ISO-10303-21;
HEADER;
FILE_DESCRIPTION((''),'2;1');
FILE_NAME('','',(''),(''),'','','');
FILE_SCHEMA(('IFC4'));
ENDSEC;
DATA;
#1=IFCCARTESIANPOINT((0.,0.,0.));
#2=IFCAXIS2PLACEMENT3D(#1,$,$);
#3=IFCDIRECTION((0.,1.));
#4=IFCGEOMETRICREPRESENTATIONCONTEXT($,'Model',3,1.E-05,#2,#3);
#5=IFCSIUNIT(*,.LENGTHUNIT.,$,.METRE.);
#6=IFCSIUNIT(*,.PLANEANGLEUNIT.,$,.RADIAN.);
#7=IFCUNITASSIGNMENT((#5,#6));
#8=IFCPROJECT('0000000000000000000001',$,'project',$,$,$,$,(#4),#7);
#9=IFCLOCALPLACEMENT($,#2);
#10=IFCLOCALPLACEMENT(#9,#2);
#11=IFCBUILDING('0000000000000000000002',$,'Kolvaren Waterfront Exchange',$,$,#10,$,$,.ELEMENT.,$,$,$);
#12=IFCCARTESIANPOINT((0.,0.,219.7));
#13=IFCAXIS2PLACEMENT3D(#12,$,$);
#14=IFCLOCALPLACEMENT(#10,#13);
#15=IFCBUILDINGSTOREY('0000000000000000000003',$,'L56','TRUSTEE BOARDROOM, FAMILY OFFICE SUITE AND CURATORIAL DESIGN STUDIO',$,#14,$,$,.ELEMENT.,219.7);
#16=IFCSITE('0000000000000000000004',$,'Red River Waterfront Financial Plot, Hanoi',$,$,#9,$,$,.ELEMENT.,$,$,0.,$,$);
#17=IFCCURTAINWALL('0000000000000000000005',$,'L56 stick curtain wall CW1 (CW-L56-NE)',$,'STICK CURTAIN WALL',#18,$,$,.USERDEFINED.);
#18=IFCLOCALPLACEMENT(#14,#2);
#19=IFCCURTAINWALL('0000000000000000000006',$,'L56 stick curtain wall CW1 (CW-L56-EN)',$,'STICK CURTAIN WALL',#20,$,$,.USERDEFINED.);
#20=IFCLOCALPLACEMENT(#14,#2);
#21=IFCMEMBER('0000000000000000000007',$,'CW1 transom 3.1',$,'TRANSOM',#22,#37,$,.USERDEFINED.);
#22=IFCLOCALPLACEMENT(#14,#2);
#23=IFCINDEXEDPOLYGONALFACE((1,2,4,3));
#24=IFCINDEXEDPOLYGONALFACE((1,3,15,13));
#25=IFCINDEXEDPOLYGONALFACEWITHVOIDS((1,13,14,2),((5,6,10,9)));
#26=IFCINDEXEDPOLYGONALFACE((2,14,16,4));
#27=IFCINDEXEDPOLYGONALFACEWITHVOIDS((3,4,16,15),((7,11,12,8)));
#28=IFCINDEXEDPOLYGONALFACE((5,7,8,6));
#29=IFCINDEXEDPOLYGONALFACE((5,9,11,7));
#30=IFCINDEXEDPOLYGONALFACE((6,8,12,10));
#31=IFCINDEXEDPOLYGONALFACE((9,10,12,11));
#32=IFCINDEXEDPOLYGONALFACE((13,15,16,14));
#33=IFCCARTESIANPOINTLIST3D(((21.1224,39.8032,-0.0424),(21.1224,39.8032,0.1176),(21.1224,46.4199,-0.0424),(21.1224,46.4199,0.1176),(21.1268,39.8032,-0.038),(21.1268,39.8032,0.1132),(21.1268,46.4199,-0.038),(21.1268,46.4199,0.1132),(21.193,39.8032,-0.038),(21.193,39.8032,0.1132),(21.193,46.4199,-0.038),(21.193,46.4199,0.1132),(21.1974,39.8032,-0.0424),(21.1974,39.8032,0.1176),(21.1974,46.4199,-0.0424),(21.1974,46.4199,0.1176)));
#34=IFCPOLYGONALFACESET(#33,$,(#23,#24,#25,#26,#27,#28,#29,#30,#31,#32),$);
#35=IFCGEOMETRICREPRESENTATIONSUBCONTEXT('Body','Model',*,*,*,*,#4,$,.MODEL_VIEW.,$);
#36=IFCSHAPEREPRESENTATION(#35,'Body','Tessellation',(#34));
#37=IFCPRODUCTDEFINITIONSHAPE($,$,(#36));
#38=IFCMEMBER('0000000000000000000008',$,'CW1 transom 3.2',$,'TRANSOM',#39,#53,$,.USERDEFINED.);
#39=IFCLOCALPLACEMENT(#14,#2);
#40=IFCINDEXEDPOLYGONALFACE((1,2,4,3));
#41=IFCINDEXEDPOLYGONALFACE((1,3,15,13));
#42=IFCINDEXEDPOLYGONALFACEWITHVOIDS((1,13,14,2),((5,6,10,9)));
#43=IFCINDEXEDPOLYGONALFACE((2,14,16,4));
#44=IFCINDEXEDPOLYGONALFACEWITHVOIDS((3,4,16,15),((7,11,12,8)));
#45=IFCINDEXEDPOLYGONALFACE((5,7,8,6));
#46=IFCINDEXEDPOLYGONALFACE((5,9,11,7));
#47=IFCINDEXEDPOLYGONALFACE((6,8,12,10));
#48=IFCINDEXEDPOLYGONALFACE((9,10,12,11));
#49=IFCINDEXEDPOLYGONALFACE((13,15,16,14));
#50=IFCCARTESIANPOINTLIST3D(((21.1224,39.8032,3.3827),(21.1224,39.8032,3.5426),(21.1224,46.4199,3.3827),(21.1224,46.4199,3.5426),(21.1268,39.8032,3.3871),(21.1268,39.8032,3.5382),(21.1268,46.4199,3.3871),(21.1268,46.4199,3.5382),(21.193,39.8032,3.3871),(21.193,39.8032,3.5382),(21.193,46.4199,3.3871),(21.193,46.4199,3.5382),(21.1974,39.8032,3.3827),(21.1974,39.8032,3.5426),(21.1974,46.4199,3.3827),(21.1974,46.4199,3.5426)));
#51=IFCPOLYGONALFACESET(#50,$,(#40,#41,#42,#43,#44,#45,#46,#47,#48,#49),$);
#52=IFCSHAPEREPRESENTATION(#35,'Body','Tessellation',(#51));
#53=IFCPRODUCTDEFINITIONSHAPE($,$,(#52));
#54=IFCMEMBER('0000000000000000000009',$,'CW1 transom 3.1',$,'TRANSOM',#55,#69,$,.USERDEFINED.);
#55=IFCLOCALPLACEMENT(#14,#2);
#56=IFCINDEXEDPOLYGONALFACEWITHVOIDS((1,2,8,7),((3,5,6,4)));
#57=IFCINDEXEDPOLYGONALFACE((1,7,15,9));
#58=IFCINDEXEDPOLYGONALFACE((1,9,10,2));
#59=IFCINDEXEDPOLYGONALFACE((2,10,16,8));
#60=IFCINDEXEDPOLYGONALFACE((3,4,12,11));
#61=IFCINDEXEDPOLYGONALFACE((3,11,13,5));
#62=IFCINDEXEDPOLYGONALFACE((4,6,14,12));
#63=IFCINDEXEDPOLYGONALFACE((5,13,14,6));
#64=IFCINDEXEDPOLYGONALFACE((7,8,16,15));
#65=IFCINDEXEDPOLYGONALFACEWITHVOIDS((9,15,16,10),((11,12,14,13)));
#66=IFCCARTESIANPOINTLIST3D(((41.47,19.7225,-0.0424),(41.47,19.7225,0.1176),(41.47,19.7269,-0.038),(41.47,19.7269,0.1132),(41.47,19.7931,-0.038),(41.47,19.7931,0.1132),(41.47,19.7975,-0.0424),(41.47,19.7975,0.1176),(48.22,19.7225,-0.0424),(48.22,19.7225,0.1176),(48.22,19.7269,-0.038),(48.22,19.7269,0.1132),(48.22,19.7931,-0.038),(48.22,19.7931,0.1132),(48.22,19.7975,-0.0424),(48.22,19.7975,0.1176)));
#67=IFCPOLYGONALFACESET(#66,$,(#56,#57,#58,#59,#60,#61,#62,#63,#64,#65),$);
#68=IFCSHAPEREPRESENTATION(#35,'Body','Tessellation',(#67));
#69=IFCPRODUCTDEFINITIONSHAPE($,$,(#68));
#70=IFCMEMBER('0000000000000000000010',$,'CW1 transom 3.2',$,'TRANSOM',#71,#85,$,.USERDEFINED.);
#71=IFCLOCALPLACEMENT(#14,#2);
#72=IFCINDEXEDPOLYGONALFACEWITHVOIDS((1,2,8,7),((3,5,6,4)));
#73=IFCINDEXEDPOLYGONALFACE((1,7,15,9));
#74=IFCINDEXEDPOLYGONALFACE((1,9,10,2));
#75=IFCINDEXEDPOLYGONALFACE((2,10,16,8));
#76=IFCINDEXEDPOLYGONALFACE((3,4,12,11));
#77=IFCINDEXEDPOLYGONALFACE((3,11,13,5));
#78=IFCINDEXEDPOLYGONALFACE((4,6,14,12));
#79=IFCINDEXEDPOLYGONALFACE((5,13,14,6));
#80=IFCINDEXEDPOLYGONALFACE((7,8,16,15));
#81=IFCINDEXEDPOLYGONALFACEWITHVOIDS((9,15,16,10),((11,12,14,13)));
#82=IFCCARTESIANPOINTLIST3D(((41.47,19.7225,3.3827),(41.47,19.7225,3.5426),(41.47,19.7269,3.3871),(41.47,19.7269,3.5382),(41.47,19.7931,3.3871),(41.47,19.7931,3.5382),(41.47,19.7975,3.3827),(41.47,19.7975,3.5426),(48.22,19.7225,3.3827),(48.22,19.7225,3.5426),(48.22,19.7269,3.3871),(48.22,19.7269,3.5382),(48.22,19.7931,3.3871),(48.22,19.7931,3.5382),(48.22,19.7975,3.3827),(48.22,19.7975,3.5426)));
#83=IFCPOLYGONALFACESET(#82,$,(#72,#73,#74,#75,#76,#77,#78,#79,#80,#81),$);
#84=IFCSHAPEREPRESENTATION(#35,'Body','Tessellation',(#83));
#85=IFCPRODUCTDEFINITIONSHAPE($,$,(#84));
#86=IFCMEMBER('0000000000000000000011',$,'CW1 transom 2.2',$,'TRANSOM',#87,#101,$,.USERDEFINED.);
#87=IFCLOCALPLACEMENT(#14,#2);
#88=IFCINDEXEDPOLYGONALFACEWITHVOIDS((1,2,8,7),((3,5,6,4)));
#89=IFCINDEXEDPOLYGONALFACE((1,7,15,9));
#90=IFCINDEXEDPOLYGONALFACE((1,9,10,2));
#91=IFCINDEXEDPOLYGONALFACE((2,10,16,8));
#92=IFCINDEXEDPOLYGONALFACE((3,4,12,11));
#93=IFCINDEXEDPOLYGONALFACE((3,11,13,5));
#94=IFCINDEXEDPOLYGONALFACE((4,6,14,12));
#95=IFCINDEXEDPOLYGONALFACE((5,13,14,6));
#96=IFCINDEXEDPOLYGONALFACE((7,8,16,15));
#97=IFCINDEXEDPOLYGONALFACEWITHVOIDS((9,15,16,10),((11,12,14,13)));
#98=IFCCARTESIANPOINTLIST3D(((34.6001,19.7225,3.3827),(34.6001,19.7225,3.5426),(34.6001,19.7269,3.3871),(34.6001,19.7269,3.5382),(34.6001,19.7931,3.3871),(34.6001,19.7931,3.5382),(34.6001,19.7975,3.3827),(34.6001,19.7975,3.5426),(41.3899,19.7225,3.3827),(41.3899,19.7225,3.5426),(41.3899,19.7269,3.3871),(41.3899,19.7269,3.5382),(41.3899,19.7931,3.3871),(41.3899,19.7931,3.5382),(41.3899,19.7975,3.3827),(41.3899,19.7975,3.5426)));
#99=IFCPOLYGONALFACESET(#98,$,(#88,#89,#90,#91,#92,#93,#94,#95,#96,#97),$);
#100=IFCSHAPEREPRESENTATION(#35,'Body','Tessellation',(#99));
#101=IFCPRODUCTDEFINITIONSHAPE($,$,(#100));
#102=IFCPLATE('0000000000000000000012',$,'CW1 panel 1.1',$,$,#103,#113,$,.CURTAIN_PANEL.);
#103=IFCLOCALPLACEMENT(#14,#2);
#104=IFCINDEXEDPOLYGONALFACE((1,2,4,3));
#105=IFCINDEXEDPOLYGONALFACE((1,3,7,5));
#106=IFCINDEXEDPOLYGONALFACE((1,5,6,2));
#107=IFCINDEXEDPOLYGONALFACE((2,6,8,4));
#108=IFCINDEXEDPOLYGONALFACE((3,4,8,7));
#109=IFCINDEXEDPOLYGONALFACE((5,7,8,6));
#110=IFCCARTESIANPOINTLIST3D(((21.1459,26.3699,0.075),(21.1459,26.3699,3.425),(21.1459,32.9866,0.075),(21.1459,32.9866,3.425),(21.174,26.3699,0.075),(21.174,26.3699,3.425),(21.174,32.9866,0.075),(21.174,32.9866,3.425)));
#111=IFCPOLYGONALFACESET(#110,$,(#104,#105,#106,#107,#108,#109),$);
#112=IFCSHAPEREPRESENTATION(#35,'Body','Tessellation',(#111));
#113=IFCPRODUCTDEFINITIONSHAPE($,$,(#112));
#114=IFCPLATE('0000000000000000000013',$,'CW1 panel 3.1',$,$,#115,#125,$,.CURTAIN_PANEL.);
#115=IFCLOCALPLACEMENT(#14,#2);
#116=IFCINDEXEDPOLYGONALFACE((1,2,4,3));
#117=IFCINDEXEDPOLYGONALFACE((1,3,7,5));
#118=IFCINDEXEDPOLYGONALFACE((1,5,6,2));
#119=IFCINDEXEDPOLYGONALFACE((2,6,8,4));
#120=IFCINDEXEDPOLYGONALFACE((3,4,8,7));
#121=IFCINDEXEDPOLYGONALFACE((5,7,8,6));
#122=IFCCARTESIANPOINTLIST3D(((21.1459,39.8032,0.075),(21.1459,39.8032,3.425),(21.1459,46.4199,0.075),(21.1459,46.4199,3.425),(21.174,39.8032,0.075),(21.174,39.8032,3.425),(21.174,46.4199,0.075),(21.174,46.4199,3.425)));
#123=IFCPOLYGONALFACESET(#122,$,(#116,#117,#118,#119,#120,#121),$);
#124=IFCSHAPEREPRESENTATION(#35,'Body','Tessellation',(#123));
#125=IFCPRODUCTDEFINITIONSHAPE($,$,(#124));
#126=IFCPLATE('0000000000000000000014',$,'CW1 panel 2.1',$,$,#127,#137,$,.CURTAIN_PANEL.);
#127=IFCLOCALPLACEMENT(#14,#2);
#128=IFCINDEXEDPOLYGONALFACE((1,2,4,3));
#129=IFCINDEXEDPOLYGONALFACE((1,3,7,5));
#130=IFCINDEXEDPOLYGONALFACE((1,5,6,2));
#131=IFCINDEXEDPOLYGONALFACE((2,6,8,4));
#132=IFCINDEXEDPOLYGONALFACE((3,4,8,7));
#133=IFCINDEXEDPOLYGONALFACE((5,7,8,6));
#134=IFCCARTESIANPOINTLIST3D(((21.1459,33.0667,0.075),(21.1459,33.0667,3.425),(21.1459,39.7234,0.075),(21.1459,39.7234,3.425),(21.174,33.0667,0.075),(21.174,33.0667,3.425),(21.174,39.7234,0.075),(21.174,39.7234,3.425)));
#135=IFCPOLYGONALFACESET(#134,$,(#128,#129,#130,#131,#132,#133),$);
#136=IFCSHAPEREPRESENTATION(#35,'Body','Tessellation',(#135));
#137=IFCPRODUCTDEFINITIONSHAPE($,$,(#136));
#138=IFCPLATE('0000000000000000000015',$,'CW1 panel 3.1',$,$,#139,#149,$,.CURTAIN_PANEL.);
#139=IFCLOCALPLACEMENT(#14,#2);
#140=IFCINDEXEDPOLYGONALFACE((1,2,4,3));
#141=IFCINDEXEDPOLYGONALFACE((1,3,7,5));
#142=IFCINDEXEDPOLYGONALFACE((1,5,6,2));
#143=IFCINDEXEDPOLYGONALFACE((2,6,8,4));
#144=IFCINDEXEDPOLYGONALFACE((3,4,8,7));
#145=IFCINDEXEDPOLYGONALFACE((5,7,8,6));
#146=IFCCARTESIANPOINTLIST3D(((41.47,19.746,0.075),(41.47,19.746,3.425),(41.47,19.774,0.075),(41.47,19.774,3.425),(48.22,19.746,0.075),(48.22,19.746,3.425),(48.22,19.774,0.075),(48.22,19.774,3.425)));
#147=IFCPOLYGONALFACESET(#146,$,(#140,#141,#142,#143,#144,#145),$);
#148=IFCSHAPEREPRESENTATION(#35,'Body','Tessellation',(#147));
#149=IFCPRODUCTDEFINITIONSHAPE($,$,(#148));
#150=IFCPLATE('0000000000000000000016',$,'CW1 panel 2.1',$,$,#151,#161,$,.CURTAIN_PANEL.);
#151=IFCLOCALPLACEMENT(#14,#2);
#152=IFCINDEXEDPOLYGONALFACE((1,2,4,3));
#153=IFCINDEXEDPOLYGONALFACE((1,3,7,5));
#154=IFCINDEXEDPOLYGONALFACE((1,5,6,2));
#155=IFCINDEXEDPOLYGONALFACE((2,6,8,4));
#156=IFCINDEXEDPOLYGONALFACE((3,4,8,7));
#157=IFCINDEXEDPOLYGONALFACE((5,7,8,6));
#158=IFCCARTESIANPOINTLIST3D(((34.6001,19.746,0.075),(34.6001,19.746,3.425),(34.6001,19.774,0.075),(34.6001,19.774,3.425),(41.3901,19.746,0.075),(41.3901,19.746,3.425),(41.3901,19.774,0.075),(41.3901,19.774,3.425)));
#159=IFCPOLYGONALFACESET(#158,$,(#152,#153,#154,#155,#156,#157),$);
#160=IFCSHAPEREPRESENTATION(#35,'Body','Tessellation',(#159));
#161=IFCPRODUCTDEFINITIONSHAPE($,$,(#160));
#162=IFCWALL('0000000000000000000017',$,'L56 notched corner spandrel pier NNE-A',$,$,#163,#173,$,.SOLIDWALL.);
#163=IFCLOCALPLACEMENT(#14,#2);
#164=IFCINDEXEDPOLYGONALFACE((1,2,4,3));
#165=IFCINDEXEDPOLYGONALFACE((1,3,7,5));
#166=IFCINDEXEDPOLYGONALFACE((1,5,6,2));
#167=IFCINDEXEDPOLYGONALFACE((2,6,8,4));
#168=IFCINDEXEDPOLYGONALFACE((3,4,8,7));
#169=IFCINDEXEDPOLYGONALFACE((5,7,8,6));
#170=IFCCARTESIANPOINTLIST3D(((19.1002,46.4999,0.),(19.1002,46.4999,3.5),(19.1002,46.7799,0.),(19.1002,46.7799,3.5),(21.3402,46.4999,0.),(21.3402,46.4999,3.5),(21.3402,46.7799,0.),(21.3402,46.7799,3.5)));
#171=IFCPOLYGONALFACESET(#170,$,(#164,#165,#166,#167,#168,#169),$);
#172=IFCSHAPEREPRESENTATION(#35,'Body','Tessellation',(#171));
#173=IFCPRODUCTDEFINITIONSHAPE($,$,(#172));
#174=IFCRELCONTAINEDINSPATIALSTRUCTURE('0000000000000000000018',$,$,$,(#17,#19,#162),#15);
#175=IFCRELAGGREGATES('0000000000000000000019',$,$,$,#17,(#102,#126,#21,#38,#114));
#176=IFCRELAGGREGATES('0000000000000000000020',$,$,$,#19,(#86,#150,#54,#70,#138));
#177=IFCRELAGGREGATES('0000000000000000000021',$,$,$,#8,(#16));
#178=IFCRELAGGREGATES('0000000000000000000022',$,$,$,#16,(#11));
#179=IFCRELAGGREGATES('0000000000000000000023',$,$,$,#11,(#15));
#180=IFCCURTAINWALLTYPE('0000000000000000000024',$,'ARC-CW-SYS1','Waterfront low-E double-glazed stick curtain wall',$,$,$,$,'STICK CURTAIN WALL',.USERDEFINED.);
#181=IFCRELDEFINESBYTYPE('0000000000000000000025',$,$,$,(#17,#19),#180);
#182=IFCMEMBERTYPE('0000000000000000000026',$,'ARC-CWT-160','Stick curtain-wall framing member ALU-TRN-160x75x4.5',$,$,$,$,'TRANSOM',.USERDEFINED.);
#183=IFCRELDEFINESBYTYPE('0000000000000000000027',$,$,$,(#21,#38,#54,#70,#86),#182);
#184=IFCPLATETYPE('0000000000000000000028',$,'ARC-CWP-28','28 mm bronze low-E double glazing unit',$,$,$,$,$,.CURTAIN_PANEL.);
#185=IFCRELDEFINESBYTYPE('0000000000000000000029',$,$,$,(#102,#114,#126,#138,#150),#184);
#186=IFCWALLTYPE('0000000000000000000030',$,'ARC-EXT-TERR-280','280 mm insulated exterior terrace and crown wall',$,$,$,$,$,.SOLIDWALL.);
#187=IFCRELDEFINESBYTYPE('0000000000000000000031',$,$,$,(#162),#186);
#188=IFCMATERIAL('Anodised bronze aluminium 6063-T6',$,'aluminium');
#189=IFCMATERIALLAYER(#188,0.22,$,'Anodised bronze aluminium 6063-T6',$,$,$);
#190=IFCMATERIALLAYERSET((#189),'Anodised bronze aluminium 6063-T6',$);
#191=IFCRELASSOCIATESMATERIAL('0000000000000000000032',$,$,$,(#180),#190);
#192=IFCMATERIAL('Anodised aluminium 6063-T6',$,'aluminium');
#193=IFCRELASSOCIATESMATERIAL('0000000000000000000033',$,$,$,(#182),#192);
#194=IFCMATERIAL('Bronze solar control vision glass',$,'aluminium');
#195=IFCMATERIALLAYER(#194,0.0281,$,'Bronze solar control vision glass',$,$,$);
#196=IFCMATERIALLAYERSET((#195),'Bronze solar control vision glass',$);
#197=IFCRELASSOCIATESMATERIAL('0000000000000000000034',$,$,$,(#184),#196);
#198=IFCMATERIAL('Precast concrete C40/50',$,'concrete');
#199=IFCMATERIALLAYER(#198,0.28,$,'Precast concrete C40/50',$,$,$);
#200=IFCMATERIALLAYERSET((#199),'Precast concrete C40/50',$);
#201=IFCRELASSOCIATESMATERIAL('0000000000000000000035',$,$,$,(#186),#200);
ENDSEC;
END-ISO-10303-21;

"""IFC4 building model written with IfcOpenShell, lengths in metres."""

from ifc_helpers import new_model, si_unit, direction, frame, frame_2d, origin, origin_with_axes, origin_2d, place, context, subcontext, project, spatial, rectangle, hollow_rectangle, extrude, source, transform, mapped, material, layer, layer_set, material_profile, profile_set, type_object, element, aggregate, save


model = new_model("IFC4")

# Units and contexts
model_context = context("Model", 3, precision=1e-05, world=origin(), true_north=direction((0.0, 1.0)))
body_context = subcontext(model_context, "Body", "Model", "MODEL_VIEW")
ifc_project = project(units=[si_unit("LENGTHUNIT", "METRE"), si_unit("PLANEANGLEUNIT", "RADIAN")], contexts=[model_context])

# Site, building, storey
site_placement = place(None, origin())
site = spatial("IfcSite", under=ifc_project, at=site_placement, Name="Red River Waterfront Financial Plot, Hanoi", CompositionType="ELEMENT", RefElevation=0.0)
building_placement = place(site_placement, origin())
building = spatial("IfcBuilding", under=site, at=building_placement, Name="Kolvaren Waterfront Exchange", CompositionType="ELEMENT")
storey_placement = place(building_placement, frame((0.0, 0.0, 219.7)))
storey = spatial("IfcBuildingStorey", under=building, at=storey_placement, Name="L56", Description="TRUSTEE BOARDROOM, FAMILY OFFICE SUITE AND CURATORIAL DESIGN STUDIO", CompositionType="ELEMENT", Elevation=219.7)

# Curtain walls
ifc_material_1 = material(Name="Anodised bronze aluminium 6063-T6", Category="aluminium")
ifc_layer_1 = layer(ifc_material_1, 0.22, Name="Anodised bronze aluminium 6063-T6")
ifc_layer_set_1 = layer_set([ifc_layer_1], Name="Anodised bronze aluminium 6063-T6")
curtain_wall_type = type_object("IfcCurtainWallType", Name="ARC-CW-SYS1", Description="Waterfront low-E double-glazed stick curtain wall", ElementType="STICK CURTAIN WALL", PredefinedType="USERDEFINED", material=ifc_layer_set_1)
curtain_wall_1_placement = place(storey_placement, origin())
curtain_wall_1 = element("IfcCurtainWall", 1, at=curtain_wall_1_placement, inside=storey, type_object=curtain_wall_type, Name="L56 stick curtain wall CW1 (CW-L56-NE)", ObjectType="STICK CURTAIN WALL", PredefinedType="USERDEFINED")
ifc_material_2 = material(Name="Anodised aluminium 6063-T6", Category="aluminium")
curtain_wall_2_placement = place(storey_placement, origin())
curtain_wall_2 = element("IfcCurtainWall", 2, at=curtain_wall_2_placement, inside=storey, type_object=curtain_wall_type, Name="L56 stick curtain wall CW1 (CW-L56-EN)", ObjectType="STICK CURTAIN WALL", PredefinedType="USERDEFINED")

# Members
ifc_material_profile_1 = material_profile(ifc_material_2, hollow_rectangle(XDim=0.075, YDim=0.1599, WallThickness=0.0044, at=origin_2d()), Name="ALU-TRN-160x75x4.5")
ifc_profile_set_1 = profile_set([ifc_material_profile_1], Name="Anodised aluminium 6063-T6")
member_type_1 = type_object("IfcMemberType", Name="ARC-CWT-160", Description="Stick curtain-wall framing member ALU-TRN-160x75x4.5", ElementType="TRANSOM", PredefinedType="USERDEFINED", material=ifc_profile_set_1)
shared_shape_1 = source(origin_with_axes(), body_context, "Body", "SweptSolid", [
    extrude(hollow_rectangle(XDim=0.075, YDim=0.1599, WallThickness=0.0044, at=origin_2d()), origin(), (0.0, 0.0, 1.0), 6.6167),
])
member_1_placement = place(storey_placement, frame((21.1599, 39.8032, 0.0376), z_axis=(0.0, 1.0, 0.0), x_axis=(-1.0, 0.0, 0.0)))
member_1 = element("IfcMember", 3, at=member_1_placement, type_object=member_type_1, Name="CW1 transom 3.1", ObjectType="TRANSOM", PredefinedType="USERDEFINED", context=body_context, shape_type="MappedRepresentation", body=[
    mapped(shared_shape_1, transform((0.0, 0.0, 0.0), x_axis=(1.0, 0.0, 0.0), y_axis=(0.0, 1.0, 0.0), z_axis=(0.0, 0.0, 1.0), scale=1.0)),
])
member_2_placement = place(storey_placement, frame((21.1599, 39.8032, 3.4626), z_axis=(0.0, 1.0, 0.0), x_axis=(-1.0, 0.0, 0.0)))
member_2 = element("IfcMember", 4, at=member_2_placement, type_object=member_type_1, Name="CW1 transom 3.2", ObjectType="TRANSOM", PredefinedType="USERDEFINED", context=body_context, shape_type="MappedRepresentation", body=[
    mapped(shared_shape_1, transform((0.0, 0.0, 0.0), x_axis=(1.0, 0.0, 0.0), y_axis=(0.0, 1.0, 0.0), z_axis=(0.0, 0.0, 1.0), scale=1.0)),
])
shared_shape_2 = source(origin_with_axes(), body_context, "Body", "SweptSolid", [
    extrude(hollow_rectangle(XDim=0.075, YDim=0.1599, WallThickness=0.0044, at=origin_2d()), origin(), (0.0, 0.0, 1.0), 6.75),
])
member_3_placement = place(storey_placement, frame((41.47, 19.76, 0.0376), z_axis=(1.0, 0.0, 0.0), x_axis=(0.0, 1.0, 0.0)))
member_3 = element("IfcMember", 5, at=member_3_placement, type_object=member_type_1, Name="CW1 transom 3.1", ObjectType="TRANSOM", PredefinedType="USERDEFINED", context=body_context, shape_type="MappedRepresentation", body=[
    mapped(shared_shape_2, transform((0.0, 0.0, 0.0), x_axis=(1.0, 0.0, 0.0), y_axis=(0.0, 1.0, 0.0), z_axis=(0.0, 0.0, 1.0), scale=1.0)),
])
member_4_placement = place(storey_placement, frame((41.47, 19.76, 3.4626), z_axis=(1.0, 0.0, 0.0), x_axis=(0.0, 1.0, 0.0)))
member_4 = element("IfcMember", 6, at=member_4_placement, type_object=member_type_1, Name="CW1 transom 3.2", ObjectType="TRANSOM", PredefinedType="USERDEFINED", context=body_context, shape_type="MappedRepresentation", body=[
    mapped(shared_shape_2, transform((0.0, 0.0, 0.0), x_axis=(1.0, 0.0, 0.0), y_axis=(0.0, 1.0, 0.0), z_axis=(0.0, 0.0, 1.0), scale=1.0)),
])
shared_shape_3 = source(origin_with_axes(), body_context, "Body", "SweptSolid", [
    extrude(hollow_rectangle(XDim=0.075, YDim=0.1599, WallThickness=0.0044, at=origin_2d()), origin(), (0.0, 0.0, 1.0), 6.7898),
])
member_5_placement = place(storey_placement, frame((34.6001, 19.76, 3.4626), z_axis=(1.0, 0.0, 0.0), x_axis=(0.0, 1.0, 0.0)))
member_5 = element("IfcMember", 7, at=member_5_placement, type_object=member_type_1, Name="CW1 transom 2.2", ObjectType="TRANSOM", PredefinedType="USERDEFINED", context=body_context, shape_type="MappedRepresentation", body=[
    mapped(shared_shape_3, transform((0.0, 0.0, 0.0), x_axis=(1.0, 0.0, 0.0), y_axis=(0.0, 1.0, 0.0), z_axis=(0.0, 0.0, 1.0), scale=1.0)),
])

# Plates
ifc_material_3 = material(Name="Bronze solar control vision glass", Category="aluminium")
ifc_layer_2 = layer(ifc_material_3, 0.0281, Name="Bronze solar control vision glass")
ifc_layer_set_2 = layer_set([ifc_layer_2], Name="Bronze solar control vision glass")
plate_type = type_object("IfcPlateType", Name="ARC-CWP-28", Description="28 mm bronze low-E double glazing unit", PredefinedType="CURTAIN_PANEL", material=ifc_layer_set_2)
shared_shape_4 = source(origin_with_axes(), body_context, "Body", "SweptSolid", [
    extrude(rectangle(XDim=6.6167, YDim=0.0281, at=origin_2d()), origin(), (0.0, 0.0, 1.0), 3.3501),
])
plate_1_placement = place(storey_placement, frame((21.1599, 29.6782, 0.075), z_axis=(0.0, 0.0, 1.0), x_axis=(0.0, 1.0, 0.0)))
plate_1 = element("IfcPlate", 8, at=plate_1_placement, type_object=plate_type, Name="CW1 panel 1.1", PredefinedType="CURTAIN_PANEL", context=body_context, shape_type="MappedRepresentation", body=[
    mapped(shared_shape_4, transform((0.0, 0.0, 0.0), x_axis=(1.0, 0.0, 0.0), y_axis=(0.0, 1.0, 0.0), z_axis=(0.0, 0.0, 1.0), scale=1.0)),
])
plate_2_placement = place(storey_placement, frame((21.1599, 43.1116, 0.075), z_axis=(0.0, 0.0, 1.0), x_axis=(0.0, 1.0, 0.0)))
plate_2 = element("IfcPlate", 9, at=plate_2_placement, type_object=plate_type, Name="CW1 panel 3.1", PredefinedType="CURTAIN_PANEL", context=body_context, shape_type="MappedRepresentation", body=[
    mapped(shared_shape_4, transform((0.0, 0.0, 0.0), x_axis=(1.0, 0.0, 0.0), y_axis=(0.0, 1.0, 0.0), z_axis=(0.0, 0.0, 1.0), scale=1.0)),
])
shared_shape_5 = source(origin_with_axes(), body_context, "Body", "SweptSolid", [
    extrude(rectangle(XDim=6.6567, YDim=0.0281, at=origin_2d()), origin(), (0.0, 0.0, 1.0), 3.3501),
])
plate_3_placement = place(storey_placement, frame((21.1599, 36.395, 0.075), z_axis=(0.0, 0.0, 1.0), x_axis=(0.0, 1.0, 0.0)))
plate_3 = element("IfcPlate", 10, at=plate_3_placement, type_object=plate_type, Name="CW1 panel 2.1", PredefinedType="CURTAIN_PANEL", context=body_context, shape_type="MappedRepresentation", body=[
    mapped(shared_shape_5, transform((0.0, 0.0, 0.0), x_axis=(1.0, 0.0, 0.0), y_axis=(0.0, 1.0, 0.0), z_axis=(0.0, 0.0, 1.0), scale=1.0)),
])
aggregate(curtain_wall_1, [plate_1, plate_3, member_1, member_2, plate_2])
shared_shape_6 = source(origin_with_axes(), body_context, "Body", "SweptSolid", [
    extrude(rectangle(XDim=6.75, YDim=0.0281, at=origin_2d()), origin(), (0.0, 0.0, 1.0), 3.3501),
])
plate_4_placement = place(storey_placement, frame((44.845, 19.76, 0.075), z_axis=(0.0, 0.0, 1.0), x_axis=(1.0, 0.0, 0.0)))
plate_4 = element("IfcPlate", 11, at=plate_4_placement, type_object=plate_type, Name="CW1 panel 3.1", PredefinedType="CURTAIN_PANEL", context=body_context, shape_type="MappedRepresentation", body=[
    mapped(shared_shape_6, transform((0.0, 0.0, 0.0), x_axis=(1.0, 0.0, 0.0), y_axis=(0.0, 1.0, 0.0), z_axis=(0.0, 0.0, 1.0), scale=1.0)),
])
shared_shape_7 = source(origin_with_axes(), body_context, "Body", "SweptSolid", [
    extrude(rectangle(XDim=6.79, YDim=0.0281, at=origin_2d()), origin(), (0.0, 0.0, 1.0), 3.3501),
])
plate_5_placement = place(storey_placement, frame((37.9951, 19.76, 0.075), z_axis=(0.0, 0.0, 1.0), x_axis=(1.0, 0.0, 0.0)))
plate_5 = element("IfcPlate", 12, at=plate_5_placement, type_object=plate_type, Name="CW1 panel 2.1", PredefinedType="CURTAIN_PANEL", context=body_context, shape_type="MappedRepresentation", body=[
    mapped(shared_shape_7, transform((0.0, 0.0, 0.0), x_axis=(1.0, 0.0, 0.0), y_axis=(0.0, 1.0, 0.0), z_axis=(0.0, 0.0, 1.0), scale=1.0)),
])
aggregate(curtain_wall_2, [member_5, plate_5, member_3, member_4, plate_4])

# Wall
ifc_material_4 = material(Name="Precast concrete C40/50", Category="concrete")
ifc_layer_3 = layer(ifc_material_4, 0.28, Name="Precast concrete C40/50")
ifc_layer_set_3 = layer_set([ifc_layer_3], Name="Precast concrete C40/50")
wall_type_1 = type_object("IfcWallType", Name="ARC-EXT-TERR-280", Description="280 mm insulated exterior terrace and crown wall", PredefinedType="SOLIDWALL", material=ifc_layer_set_3)
wall_1_placement = place(storey_placement, frame((19.1001, 46.6399, 0.0), z_axis=(0.0, 0.0, 1.0), x_axis=(1.0, 0.0, 0.0)))
element("IfcWall", 13, at=wall_1_placement, inside=storey, type_object=wall_type_1, Name="L56 notched corner spandrel pier NNE-A", PredefinedType="SOLIDWALL", context=body_context, shape_type="SweptSolid", body=[
    extrude(rectangle(XDim=2.24, YDim=0.28, at=frame_2d((1.1201, 0.0))), origin(), (0.0, 0.0, 1.0), 3.5),
])

save(model, "model.ifc")
